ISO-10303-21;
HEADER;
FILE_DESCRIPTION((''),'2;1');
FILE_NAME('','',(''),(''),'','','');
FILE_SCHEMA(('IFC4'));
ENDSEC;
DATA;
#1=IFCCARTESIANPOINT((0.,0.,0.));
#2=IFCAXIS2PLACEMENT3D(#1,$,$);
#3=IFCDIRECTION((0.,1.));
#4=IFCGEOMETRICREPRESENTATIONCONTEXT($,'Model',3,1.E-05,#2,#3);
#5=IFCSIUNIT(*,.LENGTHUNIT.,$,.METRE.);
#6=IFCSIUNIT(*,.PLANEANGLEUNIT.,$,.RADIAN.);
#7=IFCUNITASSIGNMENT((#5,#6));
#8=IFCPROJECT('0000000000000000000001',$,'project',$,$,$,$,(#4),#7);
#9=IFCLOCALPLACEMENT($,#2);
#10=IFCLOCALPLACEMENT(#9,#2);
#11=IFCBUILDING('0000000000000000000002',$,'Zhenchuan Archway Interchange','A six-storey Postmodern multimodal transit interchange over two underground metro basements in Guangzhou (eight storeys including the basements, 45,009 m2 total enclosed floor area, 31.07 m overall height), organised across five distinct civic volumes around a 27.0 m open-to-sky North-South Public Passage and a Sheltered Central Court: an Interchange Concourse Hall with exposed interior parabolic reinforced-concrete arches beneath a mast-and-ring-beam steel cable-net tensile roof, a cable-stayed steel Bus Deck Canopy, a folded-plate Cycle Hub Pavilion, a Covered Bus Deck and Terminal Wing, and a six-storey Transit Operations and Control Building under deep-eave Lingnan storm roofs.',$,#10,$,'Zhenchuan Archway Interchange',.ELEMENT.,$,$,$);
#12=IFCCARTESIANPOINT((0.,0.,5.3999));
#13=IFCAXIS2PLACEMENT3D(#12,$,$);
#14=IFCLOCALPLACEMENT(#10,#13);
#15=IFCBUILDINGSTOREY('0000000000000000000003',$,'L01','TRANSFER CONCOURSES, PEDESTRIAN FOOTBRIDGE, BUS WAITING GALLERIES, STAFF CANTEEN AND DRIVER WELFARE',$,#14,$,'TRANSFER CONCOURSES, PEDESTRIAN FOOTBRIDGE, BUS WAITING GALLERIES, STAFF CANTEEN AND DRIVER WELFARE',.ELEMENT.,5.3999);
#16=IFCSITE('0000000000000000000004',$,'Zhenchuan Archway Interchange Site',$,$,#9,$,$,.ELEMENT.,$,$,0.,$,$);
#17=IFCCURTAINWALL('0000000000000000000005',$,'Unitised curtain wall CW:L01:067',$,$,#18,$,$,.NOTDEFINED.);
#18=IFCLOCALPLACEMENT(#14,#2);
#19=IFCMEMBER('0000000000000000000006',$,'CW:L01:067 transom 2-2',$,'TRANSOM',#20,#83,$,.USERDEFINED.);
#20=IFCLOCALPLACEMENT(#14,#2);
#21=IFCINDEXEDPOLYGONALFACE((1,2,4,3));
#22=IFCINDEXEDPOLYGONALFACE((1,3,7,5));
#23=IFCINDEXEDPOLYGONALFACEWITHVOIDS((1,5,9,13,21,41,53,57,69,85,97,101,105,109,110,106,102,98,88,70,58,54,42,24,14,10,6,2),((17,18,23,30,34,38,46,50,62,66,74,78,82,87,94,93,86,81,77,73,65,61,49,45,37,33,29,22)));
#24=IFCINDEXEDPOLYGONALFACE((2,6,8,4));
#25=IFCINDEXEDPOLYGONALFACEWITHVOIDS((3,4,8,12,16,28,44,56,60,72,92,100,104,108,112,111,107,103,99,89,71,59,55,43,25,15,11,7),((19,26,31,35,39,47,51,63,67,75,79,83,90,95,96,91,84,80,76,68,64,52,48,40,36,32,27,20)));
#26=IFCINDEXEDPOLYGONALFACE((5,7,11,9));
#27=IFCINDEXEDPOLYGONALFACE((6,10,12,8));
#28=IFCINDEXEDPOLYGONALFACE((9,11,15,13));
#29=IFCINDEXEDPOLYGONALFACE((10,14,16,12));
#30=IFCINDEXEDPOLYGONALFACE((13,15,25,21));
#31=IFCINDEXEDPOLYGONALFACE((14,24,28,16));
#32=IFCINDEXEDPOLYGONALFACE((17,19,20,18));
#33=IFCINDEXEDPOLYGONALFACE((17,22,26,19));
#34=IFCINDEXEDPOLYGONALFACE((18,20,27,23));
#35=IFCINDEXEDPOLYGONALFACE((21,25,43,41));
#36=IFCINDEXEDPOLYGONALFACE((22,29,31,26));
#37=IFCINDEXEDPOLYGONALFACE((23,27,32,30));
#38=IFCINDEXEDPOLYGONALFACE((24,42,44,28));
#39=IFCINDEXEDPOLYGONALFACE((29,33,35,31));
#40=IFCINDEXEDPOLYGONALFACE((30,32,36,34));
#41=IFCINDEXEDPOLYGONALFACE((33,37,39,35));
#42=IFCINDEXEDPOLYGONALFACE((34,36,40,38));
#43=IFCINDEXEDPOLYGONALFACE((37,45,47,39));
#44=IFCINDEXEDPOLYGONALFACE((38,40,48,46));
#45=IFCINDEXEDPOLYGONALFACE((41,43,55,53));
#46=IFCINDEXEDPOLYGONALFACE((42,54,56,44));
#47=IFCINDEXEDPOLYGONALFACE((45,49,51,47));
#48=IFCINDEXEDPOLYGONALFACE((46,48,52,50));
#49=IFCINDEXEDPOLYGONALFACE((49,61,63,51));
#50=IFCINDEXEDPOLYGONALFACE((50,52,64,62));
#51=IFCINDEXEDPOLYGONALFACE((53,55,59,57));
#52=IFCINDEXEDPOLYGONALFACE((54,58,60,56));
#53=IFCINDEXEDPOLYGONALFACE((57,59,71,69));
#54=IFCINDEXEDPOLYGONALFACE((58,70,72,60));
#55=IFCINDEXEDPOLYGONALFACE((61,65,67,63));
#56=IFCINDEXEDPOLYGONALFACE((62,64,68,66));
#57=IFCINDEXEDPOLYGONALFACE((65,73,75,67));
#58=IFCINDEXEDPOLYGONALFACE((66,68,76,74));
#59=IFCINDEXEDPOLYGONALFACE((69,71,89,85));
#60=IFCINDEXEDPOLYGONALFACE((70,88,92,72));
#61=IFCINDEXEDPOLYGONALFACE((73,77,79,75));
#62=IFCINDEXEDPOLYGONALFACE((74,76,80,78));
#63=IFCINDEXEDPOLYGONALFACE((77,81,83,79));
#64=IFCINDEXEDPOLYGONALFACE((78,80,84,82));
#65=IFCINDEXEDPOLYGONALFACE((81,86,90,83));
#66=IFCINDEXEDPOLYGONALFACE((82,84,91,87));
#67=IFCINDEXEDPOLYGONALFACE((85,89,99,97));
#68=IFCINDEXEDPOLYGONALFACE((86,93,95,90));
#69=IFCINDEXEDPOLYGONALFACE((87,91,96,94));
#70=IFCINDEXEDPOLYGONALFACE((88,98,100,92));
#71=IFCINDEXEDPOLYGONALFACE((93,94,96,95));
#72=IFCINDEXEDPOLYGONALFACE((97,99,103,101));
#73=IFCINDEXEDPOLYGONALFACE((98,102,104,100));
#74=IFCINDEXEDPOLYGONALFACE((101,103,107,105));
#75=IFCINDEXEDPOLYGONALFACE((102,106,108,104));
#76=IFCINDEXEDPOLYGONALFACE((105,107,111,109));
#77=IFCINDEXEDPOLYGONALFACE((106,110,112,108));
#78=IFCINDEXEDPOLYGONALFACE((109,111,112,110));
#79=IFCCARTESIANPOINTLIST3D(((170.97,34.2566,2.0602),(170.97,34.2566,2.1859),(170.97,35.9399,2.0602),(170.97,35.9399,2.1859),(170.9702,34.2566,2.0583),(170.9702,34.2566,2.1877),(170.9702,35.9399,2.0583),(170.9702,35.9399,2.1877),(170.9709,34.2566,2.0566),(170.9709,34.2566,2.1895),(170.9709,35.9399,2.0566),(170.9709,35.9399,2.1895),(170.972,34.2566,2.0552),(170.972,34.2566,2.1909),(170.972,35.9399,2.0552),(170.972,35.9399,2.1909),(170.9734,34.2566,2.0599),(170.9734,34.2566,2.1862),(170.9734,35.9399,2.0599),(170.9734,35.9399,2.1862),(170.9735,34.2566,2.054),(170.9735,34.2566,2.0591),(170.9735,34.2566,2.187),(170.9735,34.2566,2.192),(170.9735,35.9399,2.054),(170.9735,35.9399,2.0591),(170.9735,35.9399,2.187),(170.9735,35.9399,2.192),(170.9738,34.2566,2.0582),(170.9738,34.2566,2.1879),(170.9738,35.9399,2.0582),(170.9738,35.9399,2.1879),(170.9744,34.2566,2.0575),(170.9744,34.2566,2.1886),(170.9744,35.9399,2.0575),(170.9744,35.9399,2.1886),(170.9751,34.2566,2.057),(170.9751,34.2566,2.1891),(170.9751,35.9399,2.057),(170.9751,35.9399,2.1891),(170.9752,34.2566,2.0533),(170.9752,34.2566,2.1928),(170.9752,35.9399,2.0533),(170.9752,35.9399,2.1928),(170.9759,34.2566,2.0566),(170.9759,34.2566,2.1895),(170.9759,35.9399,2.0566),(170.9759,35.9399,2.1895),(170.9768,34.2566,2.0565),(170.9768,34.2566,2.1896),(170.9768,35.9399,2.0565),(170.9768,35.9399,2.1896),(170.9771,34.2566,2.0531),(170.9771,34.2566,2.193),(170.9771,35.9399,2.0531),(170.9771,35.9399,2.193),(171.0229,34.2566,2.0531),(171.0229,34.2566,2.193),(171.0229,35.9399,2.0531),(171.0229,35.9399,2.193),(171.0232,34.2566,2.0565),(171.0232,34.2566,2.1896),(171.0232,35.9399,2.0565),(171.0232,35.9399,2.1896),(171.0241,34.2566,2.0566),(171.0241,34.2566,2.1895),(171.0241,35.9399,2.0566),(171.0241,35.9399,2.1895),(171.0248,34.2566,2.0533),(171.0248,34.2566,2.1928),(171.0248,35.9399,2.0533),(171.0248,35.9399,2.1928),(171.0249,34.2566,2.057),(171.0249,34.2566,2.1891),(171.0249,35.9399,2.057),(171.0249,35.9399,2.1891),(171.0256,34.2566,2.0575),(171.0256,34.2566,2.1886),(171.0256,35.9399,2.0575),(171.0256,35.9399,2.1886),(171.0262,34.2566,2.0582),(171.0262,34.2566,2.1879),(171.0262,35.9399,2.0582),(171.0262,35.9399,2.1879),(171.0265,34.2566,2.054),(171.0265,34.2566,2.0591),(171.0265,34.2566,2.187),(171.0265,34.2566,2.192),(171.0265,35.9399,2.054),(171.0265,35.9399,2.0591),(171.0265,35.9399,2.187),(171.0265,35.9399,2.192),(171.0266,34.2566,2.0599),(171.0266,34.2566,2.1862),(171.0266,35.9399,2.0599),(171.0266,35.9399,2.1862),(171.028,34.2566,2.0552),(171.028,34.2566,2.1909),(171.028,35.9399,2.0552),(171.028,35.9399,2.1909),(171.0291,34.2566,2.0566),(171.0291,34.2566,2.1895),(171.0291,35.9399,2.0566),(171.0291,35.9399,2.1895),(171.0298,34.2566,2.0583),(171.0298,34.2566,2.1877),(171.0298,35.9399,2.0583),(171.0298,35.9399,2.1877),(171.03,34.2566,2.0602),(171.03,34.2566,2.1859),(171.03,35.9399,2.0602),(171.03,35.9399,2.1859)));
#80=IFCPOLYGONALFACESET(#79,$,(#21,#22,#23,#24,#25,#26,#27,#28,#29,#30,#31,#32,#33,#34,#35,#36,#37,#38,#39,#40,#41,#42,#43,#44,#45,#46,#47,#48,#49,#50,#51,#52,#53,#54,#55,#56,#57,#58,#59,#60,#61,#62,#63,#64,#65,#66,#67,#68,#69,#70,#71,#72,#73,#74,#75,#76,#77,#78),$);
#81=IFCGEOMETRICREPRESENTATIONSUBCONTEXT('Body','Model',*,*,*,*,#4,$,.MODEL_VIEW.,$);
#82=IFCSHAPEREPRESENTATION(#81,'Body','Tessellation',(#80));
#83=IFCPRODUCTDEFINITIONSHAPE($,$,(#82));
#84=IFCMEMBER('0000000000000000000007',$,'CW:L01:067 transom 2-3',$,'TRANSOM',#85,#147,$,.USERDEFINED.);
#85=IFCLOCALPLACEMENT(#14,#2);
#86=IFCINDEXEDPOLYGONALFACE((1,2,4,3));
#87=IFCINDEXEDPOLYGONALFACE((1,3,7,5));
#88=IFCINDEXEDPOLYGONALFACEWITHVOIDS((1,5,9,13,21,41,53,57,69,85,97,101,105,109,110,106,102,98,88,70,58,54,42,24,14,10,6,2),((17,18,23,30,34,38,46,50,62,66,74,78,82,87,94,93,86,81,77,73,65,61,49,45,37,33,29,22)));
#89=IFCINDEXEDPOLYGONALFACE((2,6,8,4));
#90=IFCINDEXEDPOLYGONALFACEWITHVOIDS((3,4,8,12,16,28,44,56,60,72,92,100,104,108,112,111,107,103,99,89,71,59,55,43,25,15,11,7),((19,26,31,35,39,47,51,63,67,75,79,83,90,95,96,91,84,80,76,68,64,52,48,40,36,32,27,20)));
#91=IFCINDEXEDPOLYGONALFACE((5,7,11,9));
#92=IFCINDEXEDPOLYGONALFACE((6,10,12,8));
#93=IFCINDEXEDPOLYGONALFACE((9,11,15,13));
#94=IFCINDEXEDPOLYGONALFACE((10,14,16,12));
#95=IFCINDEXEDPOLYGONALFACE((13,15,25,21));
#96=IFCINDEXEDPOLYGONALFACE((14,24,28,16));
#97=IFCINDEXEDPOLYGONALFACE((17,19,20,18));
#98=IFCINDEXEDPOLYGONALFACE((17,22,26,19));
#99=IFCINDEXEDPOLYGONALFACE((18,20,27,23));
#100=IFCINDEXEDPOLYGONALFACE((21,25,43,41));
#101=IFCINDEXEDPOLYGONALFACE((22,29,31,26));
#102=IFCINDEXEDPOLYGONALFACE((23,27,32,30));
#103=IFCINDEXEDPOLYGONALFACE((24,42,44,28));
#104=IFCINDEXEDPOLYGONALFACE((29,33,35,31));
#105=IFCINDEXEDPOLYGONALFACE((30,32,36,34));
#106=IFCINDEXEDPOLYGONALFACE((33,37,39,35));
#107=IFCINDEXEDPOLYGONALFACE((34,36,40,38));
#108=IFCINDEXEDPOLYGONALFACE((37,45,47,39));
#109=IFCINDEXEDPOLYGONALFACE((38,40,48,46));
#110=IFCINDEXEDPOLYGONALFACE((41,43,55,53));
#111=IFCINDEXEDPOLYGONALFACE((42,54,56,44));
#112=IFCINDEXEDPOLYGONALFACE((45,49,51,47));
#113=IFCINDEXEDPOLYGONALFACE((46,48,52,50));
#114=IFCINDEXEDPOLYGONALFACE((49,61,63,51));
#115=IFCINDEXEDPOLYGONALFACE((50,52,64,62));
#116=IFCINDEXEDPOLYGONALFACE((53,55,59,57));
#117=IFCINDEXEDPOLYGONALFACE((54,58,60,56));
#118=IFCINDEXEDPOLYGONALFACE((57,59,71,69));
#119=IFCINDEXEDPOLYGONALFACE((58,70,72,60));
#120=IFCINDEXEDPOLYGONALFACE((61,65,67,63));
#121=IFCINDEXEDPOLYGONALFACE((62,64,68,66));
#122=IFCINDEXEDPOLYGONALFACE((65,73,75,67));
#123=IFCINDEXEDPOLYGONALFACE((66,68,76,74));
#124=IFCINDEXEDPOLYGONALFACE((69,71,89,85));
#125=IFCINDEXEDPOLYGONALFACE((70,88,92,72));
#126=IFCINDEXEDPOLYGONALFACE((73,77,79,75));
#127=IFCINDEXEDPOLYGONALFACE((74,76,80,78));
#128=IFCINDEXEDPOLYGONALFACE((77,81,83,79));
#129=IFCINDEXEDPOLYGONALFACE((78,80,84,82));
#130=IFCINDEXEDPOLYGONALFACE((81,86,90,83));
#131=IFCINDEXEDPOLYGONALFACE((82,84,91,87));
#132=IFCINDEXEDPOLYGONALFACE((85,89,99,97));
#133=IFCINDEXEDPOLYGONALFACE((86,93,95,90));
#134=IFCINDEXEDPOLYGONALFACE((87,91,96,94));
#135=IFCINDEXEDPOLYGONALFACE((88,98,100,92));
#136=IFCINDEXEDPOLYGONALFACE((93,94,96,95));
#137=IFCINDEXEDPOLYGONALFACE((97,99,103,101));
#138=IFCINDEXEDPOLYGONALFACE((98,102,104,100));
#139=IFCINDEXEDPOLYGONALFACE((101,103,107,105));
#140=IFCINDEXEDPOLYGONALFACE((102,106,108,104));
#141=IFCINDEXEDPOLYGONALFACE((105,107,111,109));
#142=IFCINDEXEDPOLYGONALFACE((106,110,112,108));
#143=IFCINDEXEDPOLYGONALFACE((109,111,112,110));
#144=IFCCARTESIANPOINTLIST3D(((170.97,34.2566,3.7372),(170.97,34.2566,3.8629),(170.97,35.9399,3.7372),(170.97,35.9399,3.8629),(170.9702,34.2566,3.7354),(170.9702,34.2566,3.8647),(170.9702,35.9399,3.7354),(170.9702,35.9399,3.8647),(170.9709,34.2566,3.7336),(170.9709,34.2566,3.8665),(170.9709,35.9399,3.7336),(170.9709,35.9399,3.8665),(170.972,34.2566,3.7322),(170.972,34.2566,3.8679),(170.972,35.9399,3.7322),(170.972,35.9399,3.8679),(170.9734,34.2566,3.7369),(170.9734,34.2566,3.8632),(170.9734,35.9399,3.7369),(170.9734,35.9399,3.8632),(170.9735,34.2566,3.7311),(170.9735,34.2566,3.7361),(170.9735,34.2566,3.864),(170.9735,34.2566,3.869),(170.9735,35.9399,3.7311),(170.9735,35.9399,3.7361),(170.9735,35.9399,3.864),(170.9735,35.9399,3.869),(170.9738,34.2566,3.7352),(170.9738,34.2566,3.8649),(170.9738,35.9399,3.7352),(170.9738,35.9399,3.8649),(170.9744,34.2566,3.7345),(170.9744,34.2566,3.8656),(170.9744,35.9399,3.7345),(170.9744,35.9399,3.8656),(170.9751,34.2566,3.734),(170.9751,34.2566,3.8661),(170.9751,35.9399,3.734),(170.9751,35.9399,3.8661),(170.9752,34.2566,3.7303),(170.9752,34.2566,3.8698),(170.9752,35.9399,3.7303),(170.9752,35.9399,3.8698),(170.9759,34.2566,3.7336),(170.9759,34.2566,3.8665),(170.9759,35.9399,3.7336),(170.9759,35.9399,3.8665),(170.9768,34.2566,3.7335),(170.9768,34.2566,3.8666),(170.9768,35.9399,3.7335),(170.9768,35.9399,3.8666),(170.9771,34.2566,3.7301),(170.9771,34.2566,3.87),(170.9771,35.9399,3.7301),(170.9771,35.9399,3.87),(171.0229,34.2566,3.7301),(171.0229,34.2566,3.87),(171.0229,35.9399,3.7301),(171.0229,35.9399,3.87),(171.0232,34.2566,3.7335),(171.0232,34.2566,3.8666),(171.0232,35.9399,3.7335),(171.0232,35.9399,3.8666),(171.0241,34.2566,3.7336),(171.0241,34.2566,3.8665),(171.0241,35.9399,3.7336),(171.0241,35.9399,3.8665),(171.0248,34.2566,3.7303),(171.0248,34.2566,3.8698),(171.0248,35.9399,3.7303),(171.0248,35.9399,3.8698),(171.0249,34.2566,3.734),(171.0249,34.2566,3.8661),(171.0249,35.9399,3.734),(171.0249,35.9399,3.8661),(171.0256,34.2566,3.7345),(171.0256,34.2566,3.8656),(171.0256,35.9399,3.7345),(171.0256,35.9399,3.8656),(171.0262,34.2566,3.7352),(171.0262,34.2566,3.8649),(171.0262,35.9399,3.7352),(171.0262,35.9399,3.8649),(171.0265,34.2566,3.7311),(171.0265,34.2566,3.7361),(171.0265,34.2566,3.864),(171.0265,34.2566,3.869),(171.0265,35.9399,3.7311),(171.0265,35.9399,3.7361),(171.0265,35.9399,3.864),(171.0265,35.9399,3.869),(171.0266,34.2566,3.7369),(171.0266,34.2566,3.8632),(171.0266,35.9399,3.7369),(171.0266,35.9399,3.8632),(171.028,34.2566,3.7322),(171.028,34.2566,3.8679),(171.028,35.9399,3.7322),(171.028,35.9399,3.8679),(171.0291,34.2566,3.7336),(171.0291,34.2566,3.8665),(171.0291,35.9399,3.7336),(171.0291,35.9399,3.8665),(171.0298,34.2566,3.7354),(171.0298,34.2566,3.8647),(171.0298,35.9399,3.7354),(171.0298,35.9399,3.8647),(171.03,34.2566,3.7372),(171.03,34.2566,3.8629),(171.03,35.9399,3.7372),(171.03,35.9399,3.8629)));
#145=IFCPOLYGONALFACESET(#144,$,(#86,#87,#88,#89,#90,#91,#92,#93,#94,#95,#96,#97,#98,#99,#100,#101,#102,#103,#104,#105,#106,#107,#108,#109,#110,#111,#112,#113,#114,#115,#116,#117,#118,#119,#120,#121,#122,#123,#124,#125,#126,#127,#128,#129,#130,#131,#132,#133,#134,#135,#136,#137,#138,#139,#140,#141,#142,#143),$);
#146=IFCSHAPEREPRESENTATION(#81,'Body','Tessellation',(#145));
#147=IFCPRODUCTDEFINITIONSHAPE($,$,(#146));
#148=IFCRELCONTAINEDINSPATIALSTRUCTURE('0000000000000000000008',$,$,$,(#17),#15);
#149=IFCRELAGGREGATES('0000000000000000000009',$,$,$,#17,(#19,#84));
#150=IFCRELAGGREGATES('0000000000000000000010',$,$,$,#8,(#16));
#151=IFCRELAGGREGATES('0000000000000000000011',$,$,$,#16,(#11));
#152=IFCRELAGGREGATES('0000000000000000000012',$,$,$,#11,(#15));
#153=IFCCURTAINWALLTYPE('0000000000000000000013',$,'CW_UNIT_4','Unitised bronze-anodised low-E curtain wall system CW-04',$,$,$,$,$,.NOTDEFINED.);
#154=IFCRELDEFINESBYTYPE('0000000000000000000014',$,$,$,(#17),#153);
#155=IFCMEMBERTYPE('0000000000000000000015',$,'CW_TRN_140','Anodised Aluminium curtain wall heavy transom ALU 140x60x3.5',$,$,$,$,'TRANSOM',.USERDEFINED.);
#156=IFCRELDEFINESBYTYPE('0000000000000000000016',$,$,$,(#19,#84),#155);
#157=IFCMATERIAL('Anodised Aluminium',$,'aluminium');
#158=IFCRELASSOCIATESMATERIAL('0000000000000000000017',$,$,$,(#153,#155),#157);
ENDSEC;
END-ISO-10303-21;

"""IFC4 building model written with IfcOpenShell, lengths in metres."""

from ifc_helpers import new_model, si_unit, direction, frame, origin, origin_2d, place, context, subcontext, project, spatial, hollow_rectangle, extrude, material, material_profile, profile_set, type_object, element, aggregate, save


model = new_model("IFC4")

# Units and contexts
model_context = context("Model", 3, precision=1e-05, world=origin(), true_north=direction((0.0, 1.0)))
body_context = subcontext(model_context, "Body", "Model", "MODEL_VIEW")
ifc_project = project(units=[si_unit("LENGTHUNIT", "METRE"), si_unit("PLANEANGLEUNIT", "RADIAN")], contexts=[model_context])

# Site, building, storey
site_placement = place(None, origin())
site = spatial("IfcSite", under=ifc_project, at=site_placement, Name="Zhenchuan Archway Interchange Site", CompositionType="ELEMENT", RefElevation=0.0)
building_placement = place(site_placement, origin())
building = spatial("IfcBuilding", under=site, at=building_placement, Name="Zhenchuan Archway Interchange", Description="A six-storey Postmodern multimodal transit interchange over two underground metro basements in Guangzhou (eight storeys including the basements, 45,009 m2 total enclosed floor area, 31.07 m overall height), organised across five distinct civic volumes around a 27.0 m open-to-sky North-South Public Passage and a Sheltered Central Court: an Interchange Concourse Hall with exposed interior parabolic reinforced-concrete arches beneath a mast-and-ring-beam steel cable-net tensile roof, a cable-stayed steel Bus Deck Canopy, a folded-plate Cycle Hub Pavilion, a Covered Bus Deck and Terminal Wing, and a six-storey Transit Operations and Control Building under deep-eave Lingnan storm roofs.", LongName="Zhenchuan Archway Interchange", CompositionType="ELEMENT")
storey_placement = place(building_placement, frame((0.0, 0.0, 5.3999)))
storey = spatial("IfcBuildingStorey", under=building, at=storey_placement, Name="L01", Description="TRANSFER CONCOURSES, PEDESTRIAN FOOTBRIDGE, BUS WAITING GALLERIES, STAFF CANTEEN AND DRIVER WELFARE", LongName="TRANSFER CONCOURSES, PEDESTRIAN FOOTBRIDGE, BUS WAITING GALLERIES, STAFF CANTEEN AND DRIVER WELFARE", CompositionType="ELEMENT", Elevation=5.3999)

# Curtain wall, members
ifc_material_1 = material(Name="Anodised Aluminium", Category="aluminium")
curtain_wall_type = type_object("IfcCurtainWallType", Name="CW_UNIT_4", Description="Unitised bronze-anodised low-E curtain wall system CW-04", PredefinedType="NOTDEFINED", material=ifc_material_1)
curtain_wall_placement = place(storey_placement, origin())
curtain_wall = element("IfcCurtainWall", 1, at=curtain_wall_placement, inside=storey, type_object=curtain_wall_type, Name="Unitised curtain wall CW:L01:067", PredefinedType="NOTDEFINED")
ifc_material_profile_1 = material_profile(ifc_material_1, hollow_rectangle(XDim=0.0601, YDim=0.1399, WallThickness=0.0034, InnerFilletRadius=0.0034, OuterFilletRadius=0.0071, at=origin_2d()), Name="ALU 140x60x3.5")
ifc_profile_set_1 = profile_set([ifc_material_profile_1], Name="Anodised Aluminium")
member_type_1 = type_object("IfcMemberType", Name="CW_TRN_140", Description="Anodised Aluminium curtain wall heavy transom ALU 140x60x3.5", ElementType="TRANSOM", PredefinedType="USERDEFINED", material=ifc_profile_set_1)
member_1_placement = place(storey_placement, frame((171.0, 35.9399, 2.123), z_axis=(0.0, -1.0, 0.0), x_axis=(1.0, 0.0, 0.0)))
member_1 = element("IfcMember", 2, at=member_1_placement, type_object=member_type_1, Name="CW:L01:067 transom 2-2", ObjectType="TRANSOM", PredefinedType="USERDEFINED", context=body_context, shape_type="SweptSolid", body=[
    extrude(hollow_rectangle(XDim=0.0601, YDim=0.1399, WallThickness=0.0034, InnerFilletRadius=0.0034, OuterFilletRadius=0.0071, at=origin_2d()), origin(), (0.0, 0.0, 1.0), 1.6833),
])
member_2_placement = place(storey_placement, frame((171.0, 35.9399, 3.8), z_axis=(0.0, -1.0, 0.0), x_axis=(1.0, 0.0, 0.0)))
member_2 = element("IfcMember", 3, at=member_2_placement, type_object=member_type_1, Name="CW:L01:067 transom 2-3", ObjectType="TRANSOM", PredefinedType="USERDEFINED", context=body_context, shape_type="SweptSolid", body=[
    extrude(hollow_rectangle(XDim=0.0601, YDim=0.1399, WallThickness=0.0034, InnerFilletRadius=0.0034, OuterFilletRadius=0.0071, at=origin_2d()), origin(), (0.0, 0.0, 1.0), 1.6833),
])
aggregate(curtain_wall, [member_1, member_2])

save(model, "model.ifc")
